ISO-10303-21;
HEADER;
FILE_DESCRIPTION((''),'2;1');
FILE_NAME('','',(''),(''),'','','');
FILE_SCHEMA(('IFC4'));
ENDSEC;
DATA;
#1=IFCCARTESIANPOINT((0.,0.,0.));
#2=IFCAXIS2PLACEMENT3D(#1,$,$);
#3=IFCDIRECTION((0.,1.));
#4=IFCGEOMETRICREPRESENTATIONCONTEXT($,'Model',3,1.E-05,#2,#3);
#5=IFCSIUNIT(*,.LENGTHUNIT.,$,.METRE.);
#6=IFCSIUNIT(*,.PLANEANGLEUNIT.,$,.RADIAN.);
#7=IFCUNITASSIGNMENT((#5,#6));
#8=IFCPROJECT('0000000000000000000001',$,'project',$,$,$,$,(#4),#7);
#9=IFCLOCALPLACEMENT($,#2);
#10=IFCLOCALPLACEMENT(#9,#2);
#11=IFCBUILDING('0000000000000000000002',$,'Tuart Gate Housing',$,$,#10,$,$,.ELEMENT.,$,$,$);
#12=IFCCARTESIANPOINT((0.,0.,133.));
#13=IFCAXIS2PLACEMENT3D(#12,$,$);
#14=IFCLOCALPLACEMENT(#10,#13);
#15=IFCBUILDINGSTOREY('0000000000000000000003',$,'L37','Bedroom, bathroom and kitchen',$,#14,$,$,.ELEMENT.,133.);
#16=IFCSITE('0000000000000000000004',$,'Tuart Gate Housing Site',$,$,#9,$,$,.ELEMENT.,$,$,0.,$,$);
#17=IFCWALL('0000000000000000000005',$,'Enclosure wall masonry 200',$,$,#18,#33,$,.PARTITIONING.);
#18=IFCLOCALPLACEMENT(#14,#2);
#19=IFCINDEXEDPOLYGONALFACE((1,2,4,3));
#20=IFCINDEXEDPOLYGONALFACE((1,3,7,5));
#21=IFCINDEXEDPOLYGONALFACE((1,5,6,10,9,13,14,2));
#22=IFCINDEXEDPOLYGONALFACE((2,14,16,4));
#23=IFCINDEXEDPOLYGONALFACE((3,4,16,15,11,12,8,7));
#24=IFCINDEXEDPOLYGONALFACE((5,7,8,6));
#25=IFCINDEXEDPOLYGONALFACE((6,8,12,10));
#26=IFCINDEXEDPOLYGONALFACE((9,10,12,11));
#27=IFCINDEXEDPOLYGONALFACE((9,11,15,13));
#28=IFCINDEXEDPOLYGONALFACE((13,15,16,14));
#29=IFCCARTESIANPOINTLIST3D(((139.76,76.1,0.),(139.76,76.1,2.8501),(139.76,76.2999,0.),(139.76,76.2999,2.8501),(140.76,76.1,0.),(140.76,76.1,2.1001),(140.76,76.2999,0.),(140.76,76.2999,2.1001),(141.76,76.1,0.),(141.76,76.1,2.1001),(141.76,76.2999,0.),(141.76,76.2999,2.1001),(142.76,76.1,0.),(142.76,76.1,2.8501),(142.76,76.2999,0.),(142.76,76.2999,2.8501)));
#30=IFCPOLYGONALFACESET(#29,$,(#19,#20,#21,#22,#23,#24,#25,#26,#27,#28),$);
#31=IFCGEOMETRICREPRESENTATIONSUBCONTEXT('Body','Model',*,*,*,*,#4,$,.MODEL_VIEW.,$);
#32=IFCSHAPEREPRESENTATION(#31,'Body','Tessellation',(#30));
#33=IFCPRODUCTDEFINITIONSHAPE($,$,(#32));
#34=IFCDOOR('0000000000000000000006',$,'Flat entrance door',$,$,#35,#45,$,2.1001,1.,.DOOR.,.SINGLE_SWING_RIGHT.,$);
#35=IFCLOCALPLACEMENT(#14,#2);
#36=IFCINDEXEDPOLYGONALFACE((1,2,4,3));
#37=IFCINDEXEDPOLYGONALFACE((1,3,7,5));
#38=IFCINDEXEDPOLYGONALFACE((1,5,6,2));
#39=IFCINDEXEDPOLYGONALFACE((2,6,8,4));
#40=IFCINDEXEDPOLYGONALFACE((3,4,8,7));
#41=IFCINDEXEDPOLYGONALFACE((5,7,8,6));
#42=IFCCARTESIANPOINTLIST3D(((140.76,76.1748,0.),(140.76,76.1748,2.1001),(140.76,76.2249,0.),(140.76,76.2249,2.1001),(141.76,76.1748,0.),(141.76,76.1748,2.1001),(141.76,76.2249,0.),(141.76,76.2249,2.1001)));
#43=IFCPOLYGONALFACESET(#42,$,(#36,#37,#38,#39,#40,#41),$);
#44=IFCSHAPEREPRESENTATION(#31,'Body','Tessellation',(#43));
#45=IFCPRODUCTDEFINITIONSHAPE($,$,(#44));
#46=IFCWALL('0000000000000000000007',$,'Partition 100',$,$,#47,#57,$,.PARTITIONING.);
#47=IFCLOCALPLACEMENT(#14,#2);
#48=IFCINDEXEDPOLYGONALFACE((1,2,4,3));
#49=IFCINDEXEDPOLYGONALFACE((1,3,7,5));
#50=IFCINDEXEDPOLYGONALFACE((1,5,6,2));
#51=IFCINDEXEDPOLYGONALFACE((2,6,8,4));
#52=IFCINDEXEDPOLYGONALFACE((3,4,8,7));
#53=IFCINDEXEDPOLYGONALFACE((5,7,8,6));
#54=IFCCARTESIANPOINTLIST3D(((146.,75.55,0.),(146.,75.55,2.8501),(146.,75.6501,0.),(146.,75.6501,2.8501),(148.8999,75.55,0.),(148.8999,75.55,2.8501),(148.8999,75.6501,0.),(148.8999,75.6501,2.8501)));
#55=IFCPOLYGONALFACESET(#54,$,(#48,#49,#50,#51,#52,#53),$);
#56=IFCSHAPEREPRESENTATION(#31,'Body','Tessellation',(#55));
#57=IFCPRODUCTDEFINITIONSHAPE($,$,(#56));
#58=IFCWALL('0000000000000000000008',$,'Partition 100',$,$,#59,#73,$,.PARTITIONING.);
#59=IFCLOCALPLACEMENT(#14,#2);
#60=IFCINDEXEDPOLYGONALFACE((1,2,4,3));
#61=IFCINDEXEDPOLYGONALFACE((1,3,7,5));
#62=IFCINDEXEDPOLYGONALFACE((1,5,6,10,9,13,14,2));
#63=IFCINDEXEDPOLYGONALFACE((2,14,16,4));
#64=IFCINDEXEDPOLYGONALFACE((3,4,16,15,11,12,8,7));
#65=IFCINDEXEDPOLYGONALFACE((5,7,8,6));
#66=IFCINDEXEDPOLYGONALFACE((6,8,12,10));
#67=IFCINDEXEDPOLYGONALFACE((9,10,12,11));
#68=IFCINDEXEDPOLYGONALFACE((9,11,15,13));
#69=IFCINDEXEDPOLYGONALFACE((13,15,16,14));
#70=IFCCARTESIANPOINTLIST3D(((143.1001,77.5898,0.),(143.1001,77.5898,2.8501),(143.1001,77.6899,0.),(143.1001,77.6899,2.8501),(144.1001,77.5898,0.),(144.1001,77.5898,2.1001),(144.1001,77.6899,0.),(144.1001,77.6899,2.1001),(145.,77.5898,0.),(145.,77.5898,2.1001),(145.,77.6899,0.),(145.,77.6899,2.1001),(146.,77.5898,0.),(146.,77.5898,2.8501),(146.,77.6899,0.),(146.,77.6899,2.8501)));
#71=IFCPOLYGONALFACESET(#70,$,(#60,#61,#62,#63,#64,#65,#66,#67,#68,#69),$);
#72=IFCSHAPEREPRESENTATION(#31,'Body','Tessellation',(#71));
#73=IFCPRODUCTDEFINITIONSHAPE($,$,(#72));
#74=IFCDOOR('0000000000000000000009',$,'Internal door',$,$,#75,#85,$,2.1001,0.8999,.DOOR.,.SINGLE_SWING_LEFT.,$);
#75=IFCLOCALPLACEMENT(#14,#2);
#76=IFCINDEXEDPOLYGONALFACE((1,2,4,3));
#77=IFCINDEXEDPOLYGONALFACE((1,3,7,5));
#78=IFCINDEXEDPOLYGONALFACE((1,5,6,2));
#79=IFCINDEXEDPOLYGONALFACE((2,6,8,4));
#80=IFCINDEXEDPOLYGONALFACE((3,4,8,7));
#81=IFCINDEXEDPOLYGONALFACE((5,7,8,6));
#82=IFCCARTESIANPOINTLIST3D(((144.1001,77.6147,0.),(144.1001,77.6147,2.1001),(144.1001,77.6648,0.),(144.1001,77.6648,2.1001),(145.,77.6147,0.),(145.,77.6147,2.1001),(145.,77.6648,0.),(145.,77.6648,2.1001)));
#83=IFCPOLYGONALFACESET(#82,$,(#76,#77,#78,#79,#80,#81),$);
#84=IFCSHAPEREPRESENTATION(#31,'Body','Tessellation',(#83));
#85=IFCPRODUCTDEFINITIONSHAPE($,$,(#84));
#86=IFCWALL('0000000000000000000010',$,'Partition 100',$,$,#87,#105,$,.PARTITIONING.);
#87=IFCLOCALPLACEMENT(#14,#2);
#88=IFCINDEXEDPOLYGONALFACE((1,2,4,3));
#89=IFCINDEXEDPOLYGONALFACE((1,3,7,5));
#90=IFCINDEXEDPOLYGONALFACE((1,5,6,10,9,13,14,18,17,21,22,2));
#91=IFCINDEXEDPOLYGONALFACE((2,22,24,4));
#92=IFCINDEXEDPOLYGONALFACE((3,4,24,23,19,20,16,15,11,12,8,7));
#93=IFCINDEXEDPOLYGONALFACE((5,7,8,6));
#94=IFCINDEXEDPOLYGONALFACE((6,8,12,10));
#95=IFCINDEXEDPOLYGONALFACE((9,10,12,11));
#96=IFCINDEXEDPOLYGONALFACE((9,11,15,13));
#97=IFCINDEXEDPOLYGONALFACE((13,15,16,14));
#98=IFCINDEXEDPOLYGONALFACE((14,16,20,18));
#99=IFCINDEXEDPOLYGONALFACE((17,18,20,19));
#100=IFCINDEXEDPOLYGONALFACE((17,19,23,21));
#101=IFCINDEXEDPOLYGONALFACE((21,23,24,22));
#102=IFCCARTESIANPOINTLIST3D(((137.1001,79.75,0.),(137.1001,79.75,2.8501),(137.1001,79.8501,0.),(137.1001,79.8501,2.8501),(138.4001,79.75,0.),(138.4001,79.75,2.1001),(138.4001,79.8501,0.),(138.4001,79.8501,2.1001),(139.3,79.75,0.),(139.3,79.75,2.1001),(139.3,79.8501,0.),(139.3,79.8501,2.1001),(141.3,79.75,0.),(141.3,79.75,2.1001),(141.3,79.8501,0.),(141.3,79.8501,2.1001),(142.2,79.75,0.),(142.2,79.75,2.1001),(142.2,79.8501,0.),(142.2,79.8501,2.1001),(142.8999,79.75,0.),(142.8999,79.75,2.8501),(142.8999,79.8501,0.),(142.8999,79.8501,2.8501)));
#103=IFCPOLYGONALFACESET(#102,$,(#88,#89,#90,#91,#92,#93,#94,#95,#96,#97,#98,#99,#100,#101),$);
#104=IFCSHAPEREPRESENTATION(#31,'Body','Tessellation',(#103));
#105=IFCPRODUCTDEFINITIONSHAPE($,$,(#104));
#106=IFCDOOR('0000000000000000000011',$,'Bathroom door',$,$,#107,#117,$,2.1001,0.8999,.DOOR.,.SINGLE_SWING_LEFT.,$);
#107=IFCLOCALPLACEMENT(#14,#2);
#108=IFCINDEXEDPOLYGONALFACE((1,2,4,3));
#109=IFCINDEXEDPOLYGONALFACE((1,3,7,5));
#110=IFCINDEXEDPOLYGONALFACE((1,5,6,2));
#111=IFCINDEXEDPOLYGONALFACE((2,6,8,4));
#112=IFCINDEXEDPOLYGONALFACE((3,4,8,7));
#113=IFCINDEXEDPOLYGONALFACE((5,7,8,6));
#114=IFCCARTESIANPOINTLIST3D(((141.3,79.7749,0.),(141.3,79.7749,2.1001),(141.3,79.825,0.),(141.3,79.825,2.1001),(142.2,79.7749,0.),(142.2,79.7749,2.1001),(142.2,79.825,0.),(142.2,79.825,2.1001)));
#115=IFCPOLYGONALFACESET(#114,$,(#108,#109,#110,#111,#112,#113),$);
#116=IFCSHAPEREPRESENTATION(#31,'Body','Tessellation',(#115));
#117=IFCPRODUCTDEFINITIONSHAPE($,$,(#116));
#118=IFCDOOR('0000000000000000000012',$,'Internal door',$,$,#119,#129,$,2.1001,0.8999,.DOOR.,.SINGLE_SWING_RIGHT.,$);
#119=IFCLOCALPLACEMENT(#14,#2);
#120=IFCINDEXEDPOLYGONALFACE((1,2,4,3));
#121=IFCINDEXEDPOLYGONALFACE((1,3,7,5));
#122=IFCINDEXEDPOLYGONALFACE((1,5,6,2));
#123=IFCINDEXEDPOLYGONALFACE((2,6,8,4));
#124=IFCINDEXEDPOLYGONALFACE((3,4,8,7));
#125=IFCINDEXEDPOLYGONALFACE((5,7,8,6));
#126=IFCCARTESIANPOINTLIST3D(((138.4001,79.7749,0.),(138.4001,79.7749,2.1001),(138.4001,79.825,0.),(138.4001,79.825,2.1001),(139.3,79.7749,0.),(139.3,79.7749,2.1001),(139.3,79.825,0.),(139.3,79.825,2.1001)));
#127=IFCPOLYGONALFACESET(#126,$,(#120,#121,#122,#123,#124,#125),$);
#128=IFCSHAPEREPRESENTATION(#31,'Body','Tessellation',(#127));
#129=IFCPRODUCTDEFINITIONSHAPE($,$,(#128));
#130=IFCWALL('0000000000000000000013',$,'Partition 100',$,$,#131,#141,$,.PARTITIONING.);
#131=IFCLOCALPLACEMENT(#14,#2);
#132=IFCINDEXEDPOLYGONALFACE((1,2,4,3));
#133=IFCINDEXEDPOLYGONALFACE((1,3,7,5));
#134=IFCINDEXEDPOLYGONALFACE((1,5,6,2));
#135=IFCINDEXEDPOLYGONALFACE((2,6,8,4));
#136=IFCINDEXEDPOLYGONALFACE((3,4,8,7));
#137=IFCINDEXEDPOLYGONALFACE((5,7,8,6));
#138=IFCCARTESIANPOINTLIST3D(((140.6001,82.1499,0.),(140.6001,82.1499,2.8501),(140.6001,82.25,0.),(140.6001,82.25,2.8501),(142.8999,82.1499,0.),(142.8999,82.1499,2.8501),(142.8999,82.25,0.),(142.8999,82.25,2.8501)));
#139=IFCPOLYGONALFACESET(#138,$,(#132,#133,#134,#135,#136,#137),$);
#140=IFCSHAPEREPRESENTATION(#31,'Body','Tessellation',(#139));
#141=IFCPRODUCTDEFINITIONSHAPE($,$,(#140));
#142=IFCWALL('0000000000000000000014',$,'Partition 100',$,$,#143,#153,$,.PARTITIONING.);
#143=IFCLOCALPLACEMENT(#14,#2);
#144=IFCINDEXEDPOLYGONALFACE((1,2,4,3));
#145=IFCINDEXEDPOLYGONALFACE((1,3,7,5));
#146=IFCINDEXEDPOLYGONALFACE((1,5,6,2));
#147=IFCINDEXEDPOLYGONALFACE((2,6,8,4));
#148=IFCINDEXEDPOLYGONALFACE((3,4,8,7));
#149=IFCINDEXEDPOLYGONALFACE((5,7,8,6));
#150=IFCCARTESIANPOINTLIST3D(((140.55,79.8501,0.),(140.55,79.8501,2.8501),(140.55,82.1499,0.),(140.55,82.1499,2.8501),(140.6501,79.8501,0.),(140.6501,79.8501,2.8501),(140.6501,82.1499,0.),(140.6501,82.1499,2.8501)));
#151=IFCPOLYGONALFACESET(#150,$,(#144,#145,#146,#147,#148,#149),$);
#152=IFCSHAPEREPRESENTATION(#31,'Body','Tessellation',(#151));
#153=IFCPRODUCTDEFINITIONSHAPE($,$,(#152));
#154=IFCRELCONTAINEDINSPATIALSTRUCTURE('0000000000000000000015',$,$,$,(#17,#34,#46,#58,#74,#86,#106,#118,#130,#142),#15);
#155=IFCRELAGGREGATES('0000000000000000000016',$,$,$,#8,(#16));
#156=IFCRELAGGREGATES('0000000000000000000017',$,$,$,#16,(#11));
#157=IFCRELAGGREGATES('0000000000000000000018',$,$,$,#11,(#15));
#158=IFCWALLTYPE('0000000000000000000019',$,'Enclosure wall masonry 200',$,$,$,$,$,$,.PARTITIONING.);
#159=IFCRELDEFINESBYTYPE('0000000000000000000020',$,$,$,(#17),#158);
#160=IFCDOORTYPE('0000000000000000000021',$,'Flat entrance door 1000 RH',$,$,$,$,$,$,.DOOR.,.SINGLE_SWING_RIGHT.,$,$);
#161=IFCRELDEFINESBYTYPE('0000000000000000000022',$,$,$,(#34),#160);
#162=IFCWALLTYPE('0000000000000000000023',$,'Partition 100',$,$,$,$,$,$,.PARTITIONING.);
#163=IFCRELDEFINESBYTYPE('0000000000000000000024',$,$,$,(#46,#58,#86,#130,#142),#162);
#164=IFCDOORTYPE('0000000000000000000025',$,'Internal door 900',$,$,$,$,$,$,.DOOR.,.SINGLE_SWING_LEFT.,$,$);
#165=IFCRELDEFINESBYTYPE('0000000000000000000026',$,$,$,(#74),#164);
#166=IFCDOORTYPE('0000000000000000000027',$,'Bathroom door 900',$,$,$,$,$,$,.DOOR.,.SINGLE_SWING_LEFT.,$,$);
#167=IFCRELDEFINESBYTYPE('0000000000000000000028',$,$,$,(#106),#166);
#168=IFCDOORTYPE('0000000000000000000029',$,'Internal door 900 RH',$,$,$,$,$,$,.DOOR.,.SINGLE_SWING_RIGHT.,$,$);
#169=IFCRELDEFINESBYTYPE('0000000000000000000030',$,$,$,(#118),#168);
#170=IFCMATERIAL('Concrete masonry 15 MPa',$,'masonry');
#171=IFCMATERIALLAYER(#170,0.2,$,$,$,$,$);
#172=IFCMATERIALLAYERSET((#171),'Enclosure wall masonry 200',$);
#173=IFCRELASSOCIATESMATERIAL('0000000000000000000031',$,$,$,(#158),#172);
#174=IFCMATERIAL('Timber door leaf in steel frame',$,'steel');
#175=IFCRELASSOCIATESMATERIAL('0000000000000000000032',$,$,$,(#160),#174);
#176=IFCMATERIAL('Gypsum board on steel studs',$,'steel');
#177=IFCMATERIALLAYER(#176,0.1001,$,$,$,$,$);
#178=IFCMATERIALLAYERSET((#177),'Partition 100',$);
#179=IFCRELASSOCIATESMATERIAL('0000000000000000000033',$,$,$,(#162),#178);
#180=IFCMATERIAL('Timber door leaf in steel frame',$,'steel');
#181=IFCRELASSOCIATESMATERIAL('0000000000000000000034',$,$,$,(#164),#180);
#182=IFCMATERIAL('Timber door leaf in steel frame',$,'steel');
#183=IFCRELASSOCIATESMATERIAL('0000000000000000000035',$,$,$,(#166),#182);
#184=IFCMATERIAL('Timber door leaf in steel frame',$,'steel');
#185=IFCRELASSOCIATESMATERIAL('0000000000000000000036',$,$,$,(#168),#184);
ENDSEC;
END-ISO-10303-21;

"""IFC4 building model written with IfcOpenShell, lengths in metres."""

from ifc_helpers import new_model, si_unit, direction, frame, frame_2d, origin, place, context, subcontext, project, spatial, rectangle, extrude, material, layer, layer_set, type_object, element, fill, save


model = new_model("IFC4")

# Units and contexts
model_context = context("Model", 3, precision=1e-05, world=origin(), true_north=direction((0.0, 1.0)))
body_context = subcontext(model_context, "Body", "Model", "MODEL_VIEW")
ifc_project = project(units=[si_unit("LENGTHUNIT", "METRE"), si_unit("PLANEANGLEUNIT", "RADIAN")], contexts=[model_context])

# Site, building, storey
site_placement = place(None, origin())
site = spatial("IfcSite", under=ifc_project, at=site_placement, Name="Tuart Gate Housing Site", CompositionType="ELEMENT", RefElevation=0.0)
building_placement = place(site_placement, origin())
building = spatial("IfcBuilding", under=site, at=building_placement, Name="Tuart Gate Housing", CompositionType="ELEMENT")
storey_placement = place(building_placement, frame((0.0, 0.0, 133.0)))
storey = spatial("IfcBuildingStorey", under=building, at=storey_placement, Name="L37", Description="Bedroom, bathroom and kitchen", CompositionType="ELEMENT", Elevation=133.0)

# Wall, opening, door
ifc_material_1 = material(Name="Concrete masonry 15 MPa", Category="masonry")
ifc_layer_1 = layer(ifc_material_1, 0.2)
ifc_layer_set_1 = layer_set([ifc_layer_1], Name="Enclosure wall masonry 200")
wall_type_1 = type_object("IfcWallType", Name="Enclosure wall masonry 200", PredefinedType="PARTITIONING", material=ifc_layer_set_1)
wall_1_placement = place(storey_placement, frame((139.76, 76.2, 0.0), z_axis=(0.0, 0.0, 1.0), x_axis=(1.0, 0.0, 0.0)))
wall_1 = element("IfcWall", 1, at=wall_1_placement, inside=storey, type_object=wall_type_1, Name="Enclosure wall masonry 200", PredefinedType="PARTITIONING", context=body_context, shape_type="SweptSolid", body=[
    extrude(rectangle(XDim=3.0, YDim=0.2, at=frame_2d((1.5, 0.0))), origin(), (0.0, 0.0, 1.0), 2.8501),
])
opening_1_placement = place(wall_1_placement, frame((1.0, 0.0, 0.0)))
opening_1 = element("IfcOpeningElement", 2, at=opening_1_placement, cuts=wall_1, PredefinedType="OPENING", context=body_context, shape_type="SweptSolid", body=[
    extrude(rectangle(XDim=1.0, YDim=2.1001, at=frame_2d((0.5, 1.05))), frame((0.0, 0.1099, 0.0), z_axis=(0.0, -1.0, 0.0), x_axis=(1.0, 0.0, 0.0)), (0.0, 0.0, 1.0), 0.22),
])
ifc_material_2 = material(Name="Timber door leaf in steel frame", Category="steel")
door_type_1 = type_object("IfcDoorType", Name="Flat entrance door 1000 RH", OperationType="SINGLE_SWING_RIGHT", PredefinedType="DOOR", material=ifc_material_2)
door_1_placement = place(opening_1_placement, origin())
door_1 = element("IfcDoor", 3, at=door_1_placement, inside=storey, type_object=door_type_1, Name="Flat entrance door", OperationType="SINGLE_SWING_RIGHT", OverallHeight=2.1001, OverallWidth=1.0, PredefinedType="DOOR", context=body_context, shape_type="SweptSolid", body=[
    extrude(rectangle(XDim=1.0, YDim=2.1001, at=frame_2d((0.5, 1.05))), frame((0.0, 0.0249, 0.0), z_axis=(0.0, -1.0, 0.0), x_axis=(1.0, 0.0, 0.0)), (0.0, 0.0, 1.0), 0.05),
])
fill(opening_1, door_1)

# Wall
ifc_material_3 = material(Name="Gypsum board on steel studs", Category="steel")
ifc_layer_2 = layer(ifc_material_3, 0.1001)
ifc_layer_set_2 = layer_set([ifc_layer_2], Name="Partition 100")
wall_type_2 = type_object("IfcWallType", Name="Partition 100", PredefinedType="PARTITIONING", material=ifc_layer_set_2)
wall_2_placement = place(storey_placement, frame((146.0, 75.6001, 0.0), z_axis=(0.0, 0.0, 1.0), x_axis=(1.0, 0.0, 0.0)))
element("IfcWall", 4, at=wall_2_placement, inside=storey, type_object=wall_type_2, Name="Partition 100", PredefinedType="PARTITIONING", context=body_context, shape_type="SweptSolid", body=[
    extrude(rectangle(XDim=2.8999, YDim=0.1001, at=frame_2d((1.45, 0.0))), origin(), (0.0, 0.0, 1.0), 2.8501),
])

# Wall, opening, door
wall_3_placement = place(storey_placement, frame((143.1001, 77.6399, 0.0), z_axis=(0.0, 0.0, 1.0), x_axis=(1.0, 0.0, 0.0)))
wall_3 = element("IfcWall", 5, at=wall_3_placement, inside=storey, type_object=wall_type_2, Name="Partition 100", PredefinedType="PARTITIONING", context=body_context, shape_type="SweptSolid", body=[
    extrude(rectangle(XDim=2.8999, YDim=0.1001, at=frame_2d((1.45, 0.0))), origin(), (0.0, 0.0, 1.0), 2.8501),
])
opening_2_placement = place(wall_3_placement, frame((1.0, 0.0, 0.0)))
opening_2 = element("IfcOpeningElement", 6, at=opening_2_placement, cuts=wall_3, PredefinedType="OPENING", context=body_context, shape_type="SweptSolid", body=[
    extrude(rectangle(XDim=0.8999, YDim=2.1001, at=frame_2d((0.45, 1.05))), frame((0.0, 0.0601, 0.0), z_axis=(0.0, -1.0, 0.0), x_axis=(1.0, 0.0, 0.0)), (0.0, 0.0, 1.0), 0.1201),
])
ifc_material_4 = material(Name="Timber door leaf in steel frame", Category="steel")
door_type_2 = type_object("IfcDoorType", Name="Internal door 900", OperationType="SINGLE_SWING_LEFT", PredefinedType="DOOR", material=ifc_material_4)
door_2_placement = place(opening_2_placement, frame((0.8999, 0.0, 0.0), z_axis=(0.0, 0.0, 1.0), x_axis=(-1.0, 0.0, 0.0)))
door_2 = element("IfcDoor", 7, at=door_2_placement, inside=storey, type_object=door_type_2, Name="Internal door", OperationType="SINGLE_SWING_LEFT", OverallHeight=2.1001, OverallWidth=0.8999, PredefinedType="DOOR", context=body_context, shape_type="SweptSolid", body=[
    extrude(rectangle(XDim=0.8999, YDim=2.1001, at=frame_2d((0.45, 1.05))), frame((0.0, 0.0251, 0.0), z_axis=(0.0, -1.0, 0.0), x_axis=(1.0, 0.0, 0.0)), (0.0, 0.0, 1.0), 0.05),
])
fill(opening_2, door_2)

# Wall, openings, doors
wall_4_placement = place(storey_placement, frame((137.1001, 79.8, 0.0), z_axis=(0.0, 0.0, 1.0), x_axis=(1.0, 0.0, 0.0)))
wall_4 = element("IfcWall", 8, at=wall_4_placement, inside=storey, type_object=wall_type_2, Name="Partition 100", PredefinedType="PARTITIONING", context=body_context, shape_type="SweptSolid", body=[
    extrude(rectangle(XDim=5.7998, YDim=0.1001, at=frame_2d((2.8999, 0.0))), origin(), (0.0, 0.0, 1.0), 2.8501),
])
opening_3_placement = place(wall_4_placement, frame((1.3, 0.0, 0.0)))
opening_3 = element("IfcOpeningElement", 9, at=opening_3_placement, cuts=wall_4, PredefinedType="OPENING", context=body_context, shape_type="SweptSolid", body=[
    extrude(rectangle(XDim=0.8999, YDim=2.1001, at=frame_2d((0.45, 1.05))), frame((0.0, 0.0601, 0.0), z_axis=(0.0, -1.0, 0.0), x_axis=(1.0, 0.0, 0.0)), (0.0, 0.0, 1.0), 0.1201),
])
opening_4_placement = place(wall_4_placement, frame((4.2, 0.0, 0.0)))
opening_4 = element("IfcOpeningElement", 10, at=opening_4_placement, cuts=wall_4, PredefinedType="OPENING", context=body_context, shape_type="SweptSolid", body=[
    extrude(rectangle(XDim=0.8999, YDim=2.1001, at=frame_2d((0.45, 1.05))), frame((0.0, 0.0601, 0.0), z_axis=(0.0, -1.0, 0.0), x_axis=(1.0, 0.0, 0.0)), (0.0, 0.0, 1.0), 0.1201),
])
ifc_material_5 = material(Name="Timber door leaf in steel frame", Category="steel")
door_type_3 = type_object("IfcDoorType", Name="Bathroom door 900", OperationType="SINGLE_SWING_LEFT", PredefinedType="DOOR", material=ifc_material_5)
door_3_placement = place(opening_4_placement, origin())
door_3 = element("IfcDoor", 11, at=door_3_placement, inside=storey, type_object=door_type_3, Name="Bathroom door", OperationType="SINGLE_SWING_LEFT", OverallHeight=2.1001, OverallWidth=0.8999, PredefinedType="DOOR", context=body_context, shape_type="SweptSolid", body=[
    extrude(rectangle(XDim=0.8999, YDim=2.1001, at=frame_2d((0.45, 1.05))), frame((0.0, 0.0249, 0.0), z_axis=(0.0, -1.0, 0.0), x_axis=(1.0, 0.0, 0.0)), (0.0, 0.0, 1.0), 0.05),
])
fill(opening_4, door_3)
ifc_material_6 = material(Name="Timber door leaf in steel frame", Category="steel")
door_type_4 = type_object("IfcDoorType", Name="Internal door 900 RH", OperationType="SINGLE_SWING_RIGHT", PredefinedType="DOOR", material=ifc_material_6)
door_4_placement = place(opening_3_placement, origin())
door_4 = element("IfcDoor", 12, at=door_4_placement, inside=storey, type_object=door_type_4, Name="Internal door", OperationType="SINGLE_SWING_RIGHT", OverallHeight=2.1001, OverallWidth=0.8999, PredefinedType="DOOR", context=body_context, shape_type="SweptSolid", body=[
    extrude(rectangle(XDim=0.8999, YDim=2.1001, at=frame_2d((0.45, 1.05))), frame((0.0, 0.0249, 0.0), z_axis=(0.0, -1.0, 0.0), x_axis=(1.0, 0.0, 0.0)), (0.0, 0.0, 1.0), 0.05),
])
fill(opening_3, door_4)

# Walls
for number, where, z_axis, x_axis, name in (
    (13, (140.6001, 82.2, 0.0), (0.0, 0.0, 1.0), (1.0, 0.0, 0.0), "Partition 100"),
    (14, (140.6001, 79.8501, 0.0), (0.0, 0.0, 1.0), (0.0, 1.0, 0.0), "Partition 100"),
):
    element("IfcWall", number, at=place(storey_placement, frame(where, z_axis=z_axis, x_axis=x_axis)), inside=storey, type_object=wall_type_2, Name=name, PredefinedType="PARTITIONING", context=body_context, shape_type="SweptSolid", body=[
        extrude(rectangle(XDim=2.2998, YDim=0.1001, at=frame_2d((1.1499, 0.0))), origin(), (0.0, 0.0, 1.0), 2.8501),
    ])

save(model, "model.ifc")
